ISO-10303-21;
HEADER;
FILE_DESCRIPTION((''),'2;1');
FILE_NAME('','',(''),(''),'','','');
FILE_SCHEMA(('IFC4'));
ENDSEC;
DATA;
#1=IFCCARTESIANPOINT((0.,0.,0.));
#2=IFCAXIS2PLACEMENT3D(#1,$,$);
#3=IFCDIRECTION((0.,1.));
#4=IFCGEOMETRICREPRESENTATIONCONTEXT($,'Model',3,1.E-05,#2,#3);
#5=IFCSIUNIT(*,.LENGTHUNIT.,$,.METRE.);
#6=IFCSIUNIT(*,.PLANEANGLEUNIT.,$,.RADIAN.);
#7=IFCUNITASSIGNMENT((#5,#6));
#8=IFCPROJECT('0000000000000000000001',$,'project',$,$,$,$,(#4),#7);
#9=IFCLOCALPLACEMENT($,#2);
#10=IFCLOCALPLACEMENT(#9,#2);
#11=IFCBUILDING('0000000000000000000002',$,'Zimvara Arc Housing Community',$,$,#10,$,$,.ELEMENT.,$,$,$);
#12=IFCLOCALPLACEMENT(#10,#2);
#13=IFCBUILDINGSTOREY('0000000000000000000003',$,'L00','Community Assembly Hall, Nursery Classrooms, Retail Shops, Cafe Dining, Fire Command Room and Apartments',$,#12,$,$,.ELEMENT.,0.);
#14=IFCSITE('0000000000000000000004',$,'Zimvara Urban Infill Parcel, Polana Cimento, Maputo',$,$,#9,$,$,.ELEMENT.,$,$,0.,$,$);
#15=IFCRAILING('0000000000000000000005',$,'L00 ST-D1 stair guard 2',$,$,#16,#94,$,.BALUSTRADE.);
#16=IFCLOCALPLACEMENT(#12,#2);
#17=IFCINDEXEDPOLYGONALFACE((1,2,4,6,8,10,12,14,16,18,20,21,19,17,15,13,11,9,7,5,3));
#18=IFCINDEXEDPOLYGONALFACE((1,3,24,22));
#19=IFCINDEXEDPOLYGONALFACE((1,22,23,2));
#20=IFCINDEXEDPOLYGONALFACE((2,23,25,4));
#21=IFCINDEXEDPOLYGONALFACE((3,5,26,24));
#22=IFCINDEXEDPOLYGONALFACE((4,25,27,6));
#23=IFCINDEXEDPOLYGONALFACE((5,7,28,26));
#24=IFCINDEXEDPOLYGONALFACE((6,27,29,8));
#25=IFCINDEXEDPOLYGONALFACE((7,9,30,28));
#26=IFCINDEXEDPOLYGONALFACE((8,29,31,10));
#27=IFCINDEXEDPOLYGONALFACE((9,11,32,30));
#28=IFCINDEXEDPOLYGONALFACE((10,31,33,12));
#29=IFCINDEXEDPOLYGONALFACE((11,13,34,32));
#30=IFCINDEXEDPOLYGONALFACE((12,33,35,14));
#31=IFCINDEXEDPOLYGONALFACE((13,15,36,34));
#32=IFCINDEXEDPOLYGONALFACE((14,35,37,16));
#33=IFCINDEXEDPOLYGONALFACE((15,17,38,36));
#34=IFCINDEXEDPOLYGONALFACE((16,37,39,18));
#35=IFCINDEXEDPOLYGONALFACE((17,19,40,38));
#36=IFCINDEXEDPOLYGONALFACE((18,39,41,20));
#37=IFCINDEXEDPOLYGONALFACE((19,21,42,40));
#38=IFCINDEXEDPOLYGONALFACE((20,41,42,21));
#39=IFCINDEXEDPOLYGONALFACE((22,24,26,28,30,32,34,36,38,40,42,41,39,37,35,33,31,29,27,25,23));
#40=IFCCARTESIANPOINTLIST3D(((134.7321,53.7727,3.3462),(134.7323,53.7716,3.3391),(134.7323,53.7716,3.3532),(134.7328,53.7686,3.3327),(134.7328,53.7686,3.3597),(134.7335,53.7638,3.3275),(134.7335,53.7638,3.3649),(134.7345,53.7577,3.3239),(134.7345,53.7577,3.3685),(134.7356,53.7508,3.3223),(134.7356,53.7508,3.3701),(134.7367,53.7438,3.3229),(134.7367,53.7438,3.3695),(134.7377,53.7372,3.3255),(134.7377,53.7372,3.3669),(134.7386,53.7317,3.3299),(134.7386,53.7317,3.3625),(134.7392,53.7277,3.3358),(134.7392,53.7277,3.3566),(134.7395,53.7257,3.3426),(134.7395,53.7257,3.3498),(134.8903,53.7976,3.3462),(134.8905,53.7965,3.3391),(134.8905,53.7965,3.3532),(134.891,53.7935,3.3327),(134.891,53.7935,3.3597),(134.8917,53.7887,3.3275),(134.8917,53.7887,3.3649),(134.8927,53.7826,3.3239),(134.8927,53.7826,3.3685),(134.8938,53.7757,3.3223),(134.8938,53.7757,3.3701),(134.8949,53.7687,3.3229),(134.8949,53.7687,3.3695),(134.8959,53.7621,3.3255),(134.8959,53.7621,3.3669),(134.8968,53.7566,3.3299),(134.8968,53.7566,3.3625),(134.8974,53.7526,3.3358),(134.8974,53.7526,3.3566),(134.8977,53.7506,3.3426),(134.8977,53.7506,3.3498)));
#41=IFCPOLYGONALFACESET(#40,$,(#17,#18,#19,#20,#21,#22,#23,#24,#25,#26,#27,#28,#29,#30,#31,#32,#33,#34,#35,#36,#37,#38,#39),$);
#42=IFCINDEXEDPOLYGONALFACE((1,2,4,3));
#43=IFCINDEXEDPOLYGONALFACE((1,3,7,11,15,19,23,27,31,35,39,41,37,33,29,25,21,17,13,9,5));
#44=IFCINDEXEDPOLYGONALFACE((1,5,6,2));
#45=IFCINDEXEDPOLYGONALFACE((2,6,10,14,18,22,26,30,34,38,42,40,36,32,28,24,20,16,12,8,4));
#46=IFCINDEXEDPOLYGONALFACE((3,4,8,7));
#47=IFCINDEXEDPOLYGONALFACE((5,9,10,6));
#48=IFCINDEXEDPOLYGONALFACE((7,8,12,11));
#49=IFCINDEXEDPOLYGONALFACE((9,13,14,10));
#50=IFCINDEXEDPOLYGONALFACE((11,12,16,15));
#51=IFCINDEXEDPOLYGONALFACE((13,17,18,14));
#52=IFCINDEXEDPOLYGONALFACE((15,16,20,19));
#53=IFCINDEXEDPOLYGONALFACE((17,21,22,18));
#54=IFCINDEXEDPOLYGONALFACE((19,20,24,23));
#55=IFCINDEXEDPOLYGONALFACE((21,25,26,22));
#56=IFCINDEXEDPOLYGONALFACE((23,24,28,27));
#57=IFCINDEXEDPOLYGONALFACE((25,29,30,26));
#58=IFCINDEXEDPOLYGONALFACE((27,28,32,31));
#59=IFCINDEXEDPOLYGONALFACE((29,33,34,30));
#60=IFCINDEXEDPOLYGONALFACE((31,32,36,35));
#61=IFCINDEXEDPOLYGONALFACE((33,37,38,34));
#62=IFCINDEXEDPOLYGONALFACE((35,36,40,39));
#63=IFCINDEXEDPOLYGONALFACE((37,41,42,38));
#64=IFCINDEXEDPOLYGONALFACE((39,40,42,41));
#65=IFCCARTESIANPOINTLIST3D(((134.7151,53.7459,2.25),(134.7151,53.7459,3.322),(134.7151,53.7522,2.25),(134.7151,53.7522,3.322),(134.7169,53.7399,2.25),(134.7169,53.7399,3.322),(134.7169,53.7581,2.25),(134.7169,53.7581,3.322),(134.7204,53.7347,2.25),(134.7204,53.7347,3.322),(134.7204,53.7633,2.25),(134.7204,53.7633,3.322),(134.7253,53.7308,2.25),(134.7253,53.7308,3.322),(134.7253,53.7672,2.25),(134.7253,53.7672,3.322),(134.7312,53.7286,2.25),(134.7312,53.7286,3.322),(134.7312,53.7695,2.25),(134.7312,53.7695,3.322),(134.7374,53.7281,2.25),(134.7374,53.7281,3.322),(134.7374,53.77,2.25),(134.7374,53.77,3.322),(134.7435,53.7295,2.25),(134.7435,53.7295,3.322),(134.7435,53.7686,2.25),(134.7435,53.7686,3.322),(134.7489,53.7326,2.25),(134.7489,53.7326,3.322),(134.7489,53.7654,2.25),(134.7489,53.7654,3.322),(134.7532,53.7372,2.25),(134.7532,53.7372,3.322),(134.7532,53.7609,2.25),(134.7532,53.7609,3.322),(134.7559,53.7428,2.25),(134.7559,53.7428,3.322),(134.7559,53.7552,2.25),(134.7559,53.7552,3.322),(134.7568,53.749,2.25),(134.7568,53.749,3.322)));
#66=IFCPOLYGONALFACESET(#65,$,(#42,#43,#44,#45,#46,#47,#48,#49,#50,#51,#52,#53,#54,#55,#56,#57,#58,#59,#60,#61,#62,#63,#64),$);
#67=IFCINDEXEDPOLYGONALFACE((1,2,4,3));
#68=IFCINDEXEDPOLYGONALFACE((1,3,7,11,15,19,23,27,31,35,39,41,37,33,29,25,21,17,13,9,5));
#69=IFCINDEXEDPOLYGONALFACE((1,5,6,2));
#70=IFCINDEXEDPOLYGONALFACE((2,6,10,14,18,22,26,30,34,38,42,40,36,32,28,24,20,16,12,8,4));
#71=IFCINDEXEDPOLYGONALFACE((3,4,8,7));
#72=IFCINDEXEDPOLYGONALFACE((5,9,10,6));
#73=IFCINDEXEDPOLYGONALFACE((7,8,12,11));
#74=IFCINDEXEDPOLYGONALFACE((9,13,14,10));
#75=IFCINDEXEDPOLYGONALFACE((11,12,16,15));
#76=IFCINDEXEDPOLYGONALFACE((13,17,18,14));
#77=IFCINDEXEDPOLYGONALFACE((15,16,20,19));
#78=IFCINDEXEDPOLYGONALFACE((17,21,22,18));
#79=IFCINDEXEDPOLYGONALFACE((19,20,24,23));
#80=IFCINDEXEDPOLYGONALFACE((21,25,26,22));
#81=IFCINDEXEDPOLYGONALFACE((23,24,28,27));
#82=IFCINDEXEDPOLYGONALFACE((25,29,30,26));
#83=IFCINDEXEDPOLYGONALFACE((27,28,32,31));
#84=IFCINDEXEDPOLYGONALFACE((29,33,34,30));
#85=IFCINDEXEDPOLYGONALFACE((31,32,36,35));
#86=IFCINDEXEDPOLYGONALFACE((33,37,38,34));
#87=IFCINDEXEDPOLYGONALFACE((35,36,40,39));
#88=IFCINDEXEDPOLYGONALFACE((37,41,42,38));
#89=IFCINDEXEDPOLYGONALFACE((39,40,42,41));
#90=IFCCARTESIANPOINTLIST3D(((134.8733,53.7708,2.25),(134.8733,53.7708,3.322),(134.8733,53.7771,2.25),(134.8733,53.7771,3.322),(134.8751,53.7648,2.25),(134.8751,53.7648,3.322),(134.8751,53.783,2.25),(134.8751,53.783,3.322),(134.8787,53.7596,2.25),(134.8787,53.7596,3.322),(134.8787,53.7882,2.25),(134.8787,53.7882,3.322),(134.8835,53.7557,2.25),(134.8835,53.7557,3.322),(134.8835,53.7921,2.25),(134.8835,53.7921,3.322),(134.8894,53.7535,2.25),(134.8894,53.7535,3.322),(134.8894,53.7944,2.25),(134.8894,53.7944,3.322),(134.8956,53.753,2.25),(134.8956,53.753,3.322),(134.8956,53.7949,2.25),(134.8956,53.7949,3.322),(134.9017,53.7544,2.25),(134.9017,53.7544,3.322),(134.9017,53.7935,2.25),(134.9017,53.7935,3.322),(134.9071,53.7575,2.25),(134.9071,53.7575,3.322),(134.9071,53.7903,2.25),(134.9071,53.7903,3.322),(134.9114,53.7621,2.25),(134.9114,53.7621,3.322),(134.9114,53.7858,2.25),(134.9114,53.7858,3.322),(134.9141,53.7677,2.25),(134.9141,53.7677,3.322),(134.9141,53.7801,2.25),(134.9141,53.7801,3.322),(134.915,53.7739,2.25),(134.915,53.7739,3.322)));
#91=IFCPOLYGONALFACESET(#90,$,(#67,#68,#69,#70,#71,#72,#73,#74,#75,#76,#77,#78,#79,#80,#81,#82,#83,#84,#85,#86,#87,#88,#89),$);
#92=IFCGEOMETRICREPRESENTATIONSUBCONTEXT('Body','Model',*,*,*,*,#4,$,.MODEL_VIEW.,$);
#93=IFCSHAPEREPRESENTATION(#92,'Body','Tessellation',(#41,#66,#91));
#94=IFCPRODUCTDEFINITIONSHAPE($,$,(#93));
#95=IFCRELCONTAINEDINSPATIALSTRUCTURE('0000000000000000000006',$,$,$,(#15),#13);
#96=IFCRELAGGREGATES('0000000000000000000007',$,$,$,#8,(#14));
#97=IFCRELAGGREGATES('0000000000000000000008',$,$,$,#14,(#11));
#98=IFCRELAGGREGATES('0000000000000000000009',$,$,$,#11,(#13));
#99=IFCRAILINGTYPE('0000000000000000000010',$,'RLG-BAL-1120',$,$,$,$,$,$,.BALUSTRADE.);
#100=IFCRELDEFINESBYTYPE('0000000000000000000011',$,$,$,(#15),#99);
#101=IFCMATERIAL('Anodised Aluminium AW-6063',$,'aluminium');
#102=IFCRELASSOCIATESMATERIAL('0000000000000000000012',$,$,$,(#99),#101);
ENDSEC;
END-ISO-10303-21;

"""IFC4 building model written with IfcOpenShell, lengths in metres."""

from ifc_helpers import new_model, si_unit, direction, frame, origin, origin_2d, place, context, subcontext, project, spatial, circle, extrude, material, type_object, element, save


model = new_model("IFC4")

# Units and contexts
model_context = context("Model", 3, precision=1e-05, world=origin(), true_north=direction((0.0, 1.0)))
body_context = subcontext(model_context, "Body", "Model", "MODEL_VIEW")
ifc_project = project(units=[si_unit("LENGTHUNIT", "METRE"), si_unit("PLANEANGLEUNIT", "RADIAN")], contexts=[model_context])

# Site, building, storey
site_placement = place(None, origin())
site = spatial("IfcSite", under=ifc_project, at=site_placement, Name="Zimvara Urban Infill Parcel, Polana Cimento, Maputo", CompositionType="ELEMENT", RefElevation=0.0)
building_placement = place(site_placement, origin())
building = spatial("IfcBuilding", under=site, at=building_placement, Name="Zimvara Arc Housing Community", CompositionType="ELEMENT")
storey_placement = place(building_placement, origin())
storey = spatial("IfcBuildingStorey", under=building, at=storey_placement, Name="L00", Description="Community Assembly Hall, Nursery Classrooms, Retail Shops, Cafe Dining, Fire Command Room and Apartments", CompositionType="ELEMENT", Elevation=0.0)

# Railing
ifc_material_1 = material(Name="Anodised Aluminium AW-6063", Category="aluminium")
railing_type_1 = type_object("IfcRailingType", Name="RLG-BAL-1120", PredefinedType="BALUSTRADE", material=ifc_material_1)
railing_1_placement = place(storey_placement, frame((134.7358, 53.749, 2.25)))
element("IfcRailing", 1, at=railing_1_placement, inside=storey, type_object=railing_type_1, Name="L00 ST-D1 stair guard 2", PredefinedType="BALUSTRADE", context=body_context, shape_type="SweptSolid", body=[
    extrude(circle(Radius=0.0239, at=origin_2d()), frame((0.0, 0.0, 1.0962), z_axis=(0.987837, 0.155493, 0.0), x_axis=(-0.155493, 0.987837, 0.0)), (0.0, 0.0, 1.0), 0.1602),
    extrude(circle(Radius=0.021, at=origin_2d()), origin(), (0.0, 0.0, 1.0), 1.072),
    extrude(circle(Radius=0.021, at=origin_2d()), frame((0.1582, 0.0249, 0.0)), (0.0, 0.0, 1.0), 1.072),
])

save(model, "model.ifc")
